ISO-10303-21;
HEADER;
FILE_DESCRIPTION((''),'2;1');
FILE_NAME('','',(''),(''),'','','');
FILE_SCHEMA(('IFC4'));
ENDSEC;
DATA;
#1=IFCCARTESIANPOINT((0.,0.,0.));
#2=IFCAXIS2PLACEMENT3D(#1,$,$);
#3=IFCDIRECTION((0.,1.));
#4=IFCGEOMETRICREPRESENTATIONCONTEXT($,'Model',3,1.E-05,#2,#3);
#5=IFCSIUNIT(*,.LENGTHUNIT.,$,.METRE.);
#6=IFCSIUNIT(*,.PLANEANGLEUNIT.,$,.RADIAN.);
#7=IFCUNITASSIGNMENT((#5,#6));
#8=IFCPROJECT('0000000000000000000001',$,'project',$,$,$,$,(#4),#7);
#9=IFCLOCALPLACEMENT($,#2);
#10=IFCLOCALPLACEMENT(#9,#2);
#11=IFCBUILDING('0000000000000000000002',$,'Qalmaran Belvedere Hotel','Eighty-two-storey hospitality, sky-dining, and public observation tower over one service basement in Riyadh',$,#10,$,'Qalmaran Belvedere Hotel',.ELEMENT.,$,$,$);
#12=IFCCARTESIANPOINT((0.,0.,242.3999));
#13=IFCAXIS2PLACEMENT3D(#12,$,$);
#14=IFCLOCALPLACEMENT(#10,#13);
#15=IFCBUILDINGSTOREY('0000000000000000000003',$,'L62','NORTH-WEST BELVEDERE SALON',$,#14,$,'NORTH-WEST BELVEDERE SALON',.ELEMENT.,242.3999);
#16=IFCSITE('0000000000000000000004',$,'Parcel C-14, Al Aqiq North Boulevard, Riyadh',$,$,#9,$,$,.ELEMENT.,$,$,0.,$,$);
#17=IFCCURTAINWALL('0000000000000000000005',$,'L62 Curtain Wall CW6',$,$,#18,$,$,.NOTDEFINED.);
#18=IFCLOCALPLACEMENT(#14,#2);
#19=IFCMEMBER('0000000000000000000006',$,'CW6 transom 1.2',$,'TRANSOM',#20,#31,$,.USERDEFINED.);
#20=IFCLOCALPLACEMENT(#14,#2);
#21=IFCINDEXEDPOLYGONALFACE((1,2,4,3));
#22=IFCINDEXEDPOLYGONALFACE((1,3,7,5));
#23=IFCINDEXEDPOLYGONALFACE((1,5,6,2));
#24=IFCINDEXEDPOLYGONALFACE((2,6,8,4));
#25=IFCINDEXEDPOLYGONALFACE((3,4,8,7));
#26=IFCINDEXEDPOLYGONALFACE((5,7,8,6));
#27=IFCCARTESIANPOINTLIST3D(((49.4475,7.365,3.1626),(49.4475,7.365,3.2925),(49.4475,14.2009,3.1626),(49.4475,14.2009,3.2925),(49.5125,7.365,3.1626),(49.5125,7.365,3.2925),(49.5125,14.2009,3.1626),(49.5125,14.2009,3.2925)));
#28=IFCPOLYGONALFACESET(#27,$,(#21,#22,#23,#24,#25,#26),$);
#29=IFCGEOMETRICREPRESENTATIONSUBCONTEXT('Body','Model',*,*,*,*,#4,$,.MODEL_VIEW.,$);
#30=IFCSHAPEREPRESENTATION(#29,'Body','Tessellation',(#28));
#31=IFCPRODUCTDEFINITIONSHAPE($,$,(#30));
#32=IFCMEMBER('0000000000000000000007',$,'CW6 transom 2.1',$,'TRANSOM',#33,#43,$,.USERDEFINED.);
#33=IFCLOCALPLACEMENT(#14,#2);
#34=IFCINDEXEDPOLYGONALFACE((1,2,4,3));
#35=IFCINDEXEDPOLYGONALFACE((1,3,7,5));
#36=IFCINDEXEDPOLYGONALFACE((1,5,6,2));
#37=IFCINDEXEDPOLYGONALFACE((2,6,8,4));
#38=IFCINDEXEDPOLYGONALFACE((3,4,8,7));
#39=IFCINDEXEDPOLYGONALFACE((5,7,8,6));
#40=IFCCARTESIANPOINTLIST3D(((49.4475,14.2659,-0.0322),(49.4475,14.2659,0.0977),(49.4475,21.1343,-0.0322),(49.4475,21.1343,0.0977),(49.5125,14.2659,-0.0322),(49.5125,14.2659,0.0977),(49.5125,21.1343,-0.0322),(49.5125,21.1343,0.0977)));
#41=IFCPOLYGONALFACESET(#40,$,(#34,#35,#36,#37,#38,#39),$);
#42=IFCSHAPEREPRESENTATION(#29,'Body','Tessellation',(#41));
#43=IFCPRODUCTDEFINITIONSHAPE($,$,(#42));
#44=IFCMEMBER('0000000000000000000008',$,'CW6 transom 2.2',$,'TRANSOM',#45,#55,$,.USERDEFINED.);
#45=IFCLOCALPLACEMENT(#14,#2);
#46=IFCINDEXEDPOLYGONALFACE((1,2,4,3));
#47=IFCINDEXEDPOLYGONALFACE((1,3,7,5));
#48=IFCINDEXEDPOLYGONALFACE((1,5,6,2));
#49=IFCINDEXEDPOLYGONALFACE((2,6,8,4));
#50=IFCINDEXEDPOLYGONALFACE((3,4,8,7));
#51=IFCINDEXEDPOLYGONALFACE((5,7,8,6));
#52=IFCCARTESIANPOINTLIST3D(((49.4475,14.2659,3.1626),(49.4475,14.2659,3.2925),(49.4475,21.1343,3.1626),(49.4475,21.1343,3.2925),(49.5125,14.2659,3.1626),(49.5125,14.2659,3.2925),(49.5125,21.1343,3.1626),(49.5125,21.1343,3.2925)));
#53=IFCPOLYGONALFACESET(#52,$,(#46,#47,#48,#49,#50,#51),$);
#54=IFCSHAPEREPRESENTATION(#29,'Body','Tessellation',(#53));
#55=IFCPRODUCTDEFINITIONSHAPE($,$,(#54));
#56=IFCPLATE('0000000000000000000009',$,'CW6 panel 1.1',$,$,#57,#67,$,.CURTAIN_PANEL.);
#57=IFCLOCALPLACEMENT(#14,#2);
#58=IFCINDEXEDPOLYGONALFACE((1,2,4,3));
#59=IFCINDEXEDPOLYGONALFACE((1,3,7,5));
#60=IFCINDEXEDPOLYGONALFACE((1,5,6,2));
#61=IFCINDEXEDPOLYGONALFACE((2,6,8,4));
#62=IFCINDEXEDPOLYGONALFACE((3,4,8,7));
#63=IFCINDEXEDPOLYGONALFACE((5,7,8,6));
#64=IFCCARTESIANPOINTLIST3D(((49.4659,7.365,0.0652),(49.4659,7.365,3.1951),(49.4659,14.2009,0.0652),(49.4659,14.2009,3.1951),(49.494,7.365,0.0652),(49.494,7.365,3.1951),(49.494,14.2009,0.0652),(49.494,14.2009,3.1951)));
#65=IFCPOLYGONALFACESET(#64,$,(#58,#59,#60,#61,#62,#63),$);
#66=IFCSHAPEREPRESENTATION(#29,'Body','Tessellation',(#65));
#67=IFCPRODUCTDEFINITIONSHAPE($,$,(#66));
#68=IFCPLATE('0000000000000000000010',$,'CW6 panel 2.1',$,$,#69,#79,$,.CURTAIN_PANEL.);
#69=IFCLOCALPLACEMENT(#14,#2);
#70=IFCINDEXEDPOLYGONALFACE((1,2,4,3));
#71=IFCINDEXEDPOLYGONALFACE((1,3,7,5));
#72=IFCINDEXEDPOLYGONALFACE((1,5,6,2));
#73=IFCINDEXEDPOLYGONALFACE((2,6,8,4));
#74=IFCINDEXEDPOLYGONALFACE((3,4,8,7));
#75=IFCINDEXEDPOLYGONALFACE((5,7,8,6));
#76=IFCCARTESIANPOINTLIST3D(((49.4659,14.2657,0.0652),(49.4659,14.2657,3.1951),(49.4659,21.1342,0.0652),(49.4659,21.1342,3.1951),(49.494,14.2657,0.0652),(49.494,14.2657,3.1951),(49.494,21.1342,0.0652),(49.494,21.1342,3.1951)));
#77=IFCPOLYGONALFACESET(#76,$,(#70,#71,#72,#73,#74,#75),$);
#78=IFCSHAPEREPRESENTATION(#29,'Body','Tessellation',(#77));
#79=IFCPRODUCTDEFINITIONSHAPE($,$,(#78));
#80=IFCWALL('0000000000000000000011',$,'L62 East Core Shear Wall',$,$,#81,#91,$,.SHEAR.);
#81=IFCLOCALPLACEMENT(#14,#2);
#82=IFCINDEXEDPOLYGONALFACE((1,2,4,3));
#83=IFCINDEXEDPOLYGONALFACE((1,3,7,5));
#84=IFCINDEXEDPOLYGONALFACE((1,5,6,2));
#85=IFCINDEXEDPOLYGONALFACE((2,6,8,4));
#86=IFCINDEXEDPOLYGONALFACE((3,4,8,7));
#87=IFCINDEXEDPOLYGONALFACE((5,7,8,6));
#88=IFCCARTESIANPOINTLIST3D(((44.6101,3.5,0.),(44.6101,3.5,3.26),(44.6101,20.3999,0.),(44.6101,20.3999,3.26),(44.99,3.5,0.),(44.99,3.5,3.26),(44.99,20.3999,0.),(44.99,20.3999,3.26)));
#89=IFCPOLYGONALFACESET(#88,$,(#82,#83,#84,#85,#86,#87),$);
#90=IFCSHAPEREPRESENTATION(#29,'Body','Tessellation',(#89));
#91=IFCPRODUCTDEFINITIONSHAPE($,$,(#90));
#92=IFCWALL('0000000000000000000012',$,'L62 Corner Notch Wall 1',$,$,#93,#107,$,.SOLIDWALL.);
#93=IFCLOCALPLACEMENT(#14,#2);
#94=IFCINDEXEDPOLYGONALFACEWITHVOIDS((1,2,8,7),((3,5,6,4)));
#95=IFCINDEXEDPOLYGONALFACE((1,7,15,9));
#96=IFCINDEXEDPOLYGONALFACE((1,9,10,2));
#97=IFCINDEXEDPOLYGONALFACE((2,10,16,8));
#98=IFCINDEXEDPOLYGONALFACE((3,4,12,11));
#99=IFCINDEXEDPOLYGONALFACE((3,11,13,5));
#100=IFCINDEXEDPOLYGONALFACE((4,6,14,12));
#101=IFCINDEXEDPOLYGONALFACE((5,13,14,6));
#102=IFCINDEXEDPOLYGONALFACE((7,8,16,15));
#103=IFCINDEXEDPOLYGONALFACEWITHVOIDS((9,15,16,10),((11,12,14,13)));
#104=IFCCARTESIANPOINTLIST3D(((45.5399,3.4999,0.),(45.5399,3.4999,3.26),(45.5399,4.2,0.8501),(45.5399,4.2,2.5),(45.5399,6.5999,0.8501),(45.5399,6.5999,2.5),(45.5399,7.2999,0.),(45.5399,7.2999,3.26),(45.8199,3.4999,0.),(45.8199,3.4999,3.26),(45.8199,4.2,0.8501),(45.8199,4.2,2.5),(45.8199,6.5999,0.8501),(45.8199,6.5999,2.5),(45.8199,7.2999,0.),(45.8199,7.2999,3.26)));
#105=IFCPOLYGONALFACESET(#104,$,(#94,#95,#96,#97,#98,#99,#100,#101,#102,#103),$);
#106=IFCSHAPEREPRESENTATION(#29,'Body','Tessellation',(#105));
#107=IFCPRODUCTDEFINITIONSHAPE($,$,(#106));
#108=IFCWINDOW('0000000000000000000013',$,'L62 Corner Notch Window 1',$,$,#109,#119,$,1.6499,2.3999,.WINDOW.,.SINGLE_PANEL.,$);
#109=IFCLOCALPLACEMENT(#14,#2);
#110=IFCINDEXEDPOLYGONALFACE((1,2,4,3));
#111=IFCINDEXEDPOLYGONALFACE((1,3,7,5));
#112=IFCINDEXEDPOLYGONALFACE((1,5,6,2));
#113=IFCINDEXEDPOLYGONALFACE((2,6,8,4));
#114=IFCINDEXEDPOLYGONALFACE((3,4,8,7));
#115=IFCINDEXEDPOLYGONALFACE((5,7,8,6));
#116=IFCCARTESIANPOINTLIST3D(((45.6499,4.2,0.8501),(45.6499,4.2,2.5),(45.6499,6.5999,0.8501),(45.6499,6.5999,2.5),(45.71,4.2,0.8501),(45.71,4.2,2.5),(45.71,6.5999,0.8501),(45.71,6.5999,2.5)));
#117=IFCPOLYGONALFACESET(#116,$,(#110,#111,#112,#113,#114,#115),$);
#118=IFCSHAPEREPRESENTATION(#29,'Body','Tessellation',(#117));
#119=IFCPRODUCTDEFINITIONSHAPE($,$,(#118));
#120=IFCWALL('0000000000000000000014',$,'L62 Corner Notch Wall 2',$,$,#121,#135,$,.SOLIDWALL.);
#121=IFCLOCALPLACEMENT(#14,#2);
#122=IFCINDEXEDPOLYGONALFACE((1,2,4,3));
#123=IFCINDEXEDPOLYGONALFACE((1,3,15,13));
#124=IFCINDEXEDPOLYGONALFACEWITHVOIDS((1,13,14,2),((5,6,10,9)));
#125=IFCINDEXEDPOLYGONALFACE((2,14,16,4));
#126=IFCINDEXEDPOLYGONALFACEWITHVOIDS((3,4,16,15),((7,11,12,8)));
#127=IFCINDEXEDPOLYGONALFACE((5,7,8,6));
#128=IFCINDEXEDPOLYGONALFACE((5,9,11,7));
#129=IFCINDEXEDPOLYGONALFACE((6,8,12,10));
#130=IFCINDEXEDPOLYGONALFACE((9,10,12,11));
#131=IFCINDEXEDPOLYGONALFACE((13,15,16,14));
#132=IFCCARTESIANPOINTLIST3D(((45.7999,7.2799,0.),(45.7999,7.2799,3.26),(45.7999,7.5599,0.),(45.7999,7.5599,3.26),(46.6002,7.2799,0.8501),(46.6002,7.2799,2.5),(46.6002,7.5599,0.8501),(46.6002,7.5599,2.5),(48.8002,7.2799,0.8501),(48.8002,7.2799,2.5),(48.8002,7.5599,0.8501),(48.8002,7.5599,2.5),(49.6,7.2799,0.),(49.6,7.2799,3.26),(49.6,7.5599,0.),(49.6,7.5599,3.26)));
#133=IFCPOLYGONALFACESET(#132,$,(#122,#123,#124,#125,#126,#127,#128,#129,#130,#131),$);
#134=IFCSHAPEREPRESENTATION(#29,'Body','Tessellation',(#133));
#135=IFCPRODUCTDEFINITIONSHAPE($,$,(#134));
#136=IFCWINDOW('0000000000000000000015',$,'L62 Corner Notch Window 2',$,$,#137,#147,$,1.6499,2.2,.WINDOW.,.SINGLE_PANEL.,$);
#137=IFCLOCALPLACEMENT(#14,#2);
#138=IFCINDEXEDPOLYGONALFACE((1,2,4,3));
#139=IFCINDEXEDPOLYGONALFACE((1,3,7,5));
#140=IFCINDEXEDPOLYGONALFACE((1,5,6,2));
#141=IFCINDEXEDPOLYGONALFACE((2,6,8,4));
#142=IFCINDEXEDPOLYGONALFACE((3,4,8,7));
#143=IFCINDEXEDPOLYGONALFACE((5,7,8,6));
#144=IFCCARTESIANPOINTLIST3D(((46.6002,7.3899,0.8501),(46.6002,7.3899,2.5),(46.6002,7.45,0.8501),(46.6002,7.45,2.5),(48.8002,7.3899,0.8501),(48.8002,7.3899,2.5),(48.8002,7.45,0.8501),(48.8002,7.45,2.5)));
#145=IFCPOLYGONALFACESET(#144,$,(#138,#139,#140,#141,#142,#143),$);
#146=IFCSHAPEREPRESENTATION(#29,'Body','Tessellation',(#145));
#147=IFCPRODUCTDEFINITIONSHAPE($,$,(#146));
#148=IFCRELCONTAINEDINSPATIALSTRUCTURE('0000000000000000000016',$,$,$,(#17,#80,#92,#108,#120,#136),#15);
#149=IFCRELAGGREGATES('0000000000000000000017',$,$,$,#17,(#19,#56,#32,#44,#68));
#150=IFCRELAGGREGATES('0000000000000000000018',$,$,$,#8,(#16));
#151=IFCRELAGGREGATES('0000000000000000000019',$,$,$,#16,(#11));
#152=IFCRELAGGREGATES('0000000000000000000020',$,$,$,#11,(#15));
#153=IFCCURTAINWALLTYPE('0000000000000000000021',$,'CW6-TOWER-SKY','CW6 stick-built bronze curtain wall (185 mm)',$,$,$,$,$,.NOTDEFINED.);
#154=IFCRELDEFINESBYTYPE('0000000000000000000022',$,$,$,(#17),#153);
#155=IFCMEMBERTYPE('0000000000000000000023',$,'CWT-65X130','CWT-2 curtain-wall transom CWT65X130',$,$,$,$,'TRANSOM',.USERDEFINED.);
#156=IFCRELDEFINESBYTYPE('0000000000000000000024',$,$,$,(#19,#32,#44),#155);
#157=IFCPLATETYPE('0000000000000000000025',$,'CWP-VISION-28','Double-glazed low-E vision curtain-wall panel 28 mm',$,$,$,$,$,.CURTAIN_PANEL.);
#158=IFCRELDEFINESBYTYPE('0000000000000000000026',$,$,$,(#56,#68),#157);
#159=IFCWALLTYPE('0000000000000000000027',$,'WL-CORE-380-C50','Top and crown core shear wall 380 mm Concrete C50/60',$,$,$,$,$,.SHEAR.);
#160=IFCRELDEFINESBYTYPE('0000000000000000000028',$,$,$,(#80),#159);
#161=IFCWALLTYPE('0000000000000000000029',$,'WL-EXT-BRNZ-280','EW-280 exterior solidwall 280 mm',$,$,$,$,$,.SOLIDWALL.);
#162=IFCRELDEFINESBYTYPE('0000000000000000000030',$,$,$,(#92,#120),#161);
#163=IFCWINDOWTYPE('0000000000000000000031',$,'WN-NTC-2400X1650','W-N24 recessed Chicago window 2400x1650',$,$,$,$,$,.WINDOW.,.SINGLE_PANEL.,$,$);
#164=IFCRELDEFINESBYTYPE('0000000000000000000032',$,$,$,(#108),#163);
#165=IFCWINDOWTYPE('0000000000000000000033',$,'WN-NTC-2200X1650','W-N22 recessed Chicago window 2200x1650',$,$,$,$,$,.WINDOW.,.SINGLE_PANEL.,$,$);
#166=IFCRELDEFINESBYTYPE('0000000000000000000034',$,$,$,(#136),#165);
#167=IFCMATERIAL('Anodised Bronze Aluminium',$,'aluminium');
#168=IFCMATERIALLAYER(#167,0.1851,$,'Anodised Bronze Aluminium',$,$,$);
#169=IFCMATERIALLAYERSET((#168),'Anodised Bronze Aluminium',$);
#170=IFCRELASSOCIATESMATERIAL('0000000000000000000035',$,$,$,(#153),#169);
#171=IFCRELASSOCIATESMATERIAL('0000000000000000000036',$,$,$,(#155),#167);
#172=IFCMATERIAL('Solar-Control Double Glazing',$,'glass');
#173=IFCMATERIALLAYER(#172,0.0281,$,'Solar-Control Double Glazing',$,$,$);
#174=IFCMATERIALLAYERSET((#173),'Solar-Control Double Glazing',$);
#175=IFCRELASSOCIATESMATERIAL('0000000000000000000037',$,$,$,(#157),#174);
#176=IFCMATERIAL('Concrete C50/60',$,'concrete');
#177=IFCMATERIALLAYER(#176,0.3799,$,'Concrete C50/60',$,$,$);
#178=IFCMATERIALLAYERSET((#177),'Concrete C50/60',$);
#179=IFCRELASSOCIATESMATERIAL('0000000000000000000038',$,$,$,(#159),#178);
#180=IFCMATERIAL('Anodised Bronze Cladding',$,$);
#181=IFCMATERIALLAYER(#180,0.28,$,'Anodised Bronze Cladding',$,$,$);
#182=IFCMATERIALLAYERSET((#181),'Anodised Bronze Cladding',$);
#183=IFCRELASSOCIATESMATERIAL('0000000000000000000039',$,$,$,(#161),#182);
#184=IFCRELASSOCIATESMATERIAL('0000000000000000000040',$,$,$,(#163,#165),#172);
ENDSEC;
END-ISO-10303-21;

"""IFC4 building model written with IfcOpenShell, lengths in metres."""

from ifc_helpers import new_model, si_unit, direction, frame, frame_2d, origin, origin_2d, place, context, subcontext, project, spatial, rectangle, extrude, material, layer, layer_set, material_profile, profile_set, type_object, element, fill, aggregate, save


model = new_model("IFC4")

# Units and contexts
model_context = context("Model", 3, precision=1e-05, world=origin(), true_north=direction((0.0, 1.0)))
body_context = subcontext(model_context, "Body", "Model", "MODEL_VIEW")
ifc_project = project(units=[si_unit("LENGTHUNIT", "METRE"), si_unit("PLANEANGLEUNIT", "RADIAN")], contexts=[model_context])

# Site, building, storey
site_placement = place(None, origin())
site = spatial("IfcSite", under=ifc_project, at=site_placement, Name="Parcel C-14, Al Aqiq North Boulevard, Riyadh", CompositionType="ELEMENT", RefElevation=0.0)
building_placement = place(site_placement, origin())
building = spatial("IfcBuilding", under=site, at=building_placement, Name="Qalmaran Belvedere Hotel", Description="Eighty-two-storey hospitality, sky-dining, and public observation tower over one service basement in Riyadh", LongName="Qalmaran Belvedere Hotel", CompositionType="ELEMENT")
storey_placement = place(building_placement, frame((0.0, 0.0, 242.3999)))
storey = spatial("IfcBuildingStorey", under=building, at=storey_placement, Name="L62", Description="NORTH-WEST BELVEDERE SALON", LongName="NORTH-WEST BELVEDERE SALON", CompositionType="ELEMENT", Elevation=242.3999)

# Shared definitions
ifc_material_1 = material(Name="Concrete C50/60", Category="concrete")

# Curtain wall, members, plates
ifc_material_2 = material(Name="Anodised Bronze Aluminium", Category="aluminium")
ifc_layer_1 = layer(ifc_material_2, 0.1851, Name="Anodised Bronze Aluminium")
ifc_layer_set_1 = layer_set([ifc_layer_1], Name="Anodised Bronze Aluminium")
curtain_wall_type = type_object("IfcCurtainWallType", Name="CW6-TOWER-SKY", Description="CW6 stick-built bronze curtain wall (185 mm)", PredefinedType="NOTDEFINED", material=ifc_layer_set_1)
curtain_wall_placement = place(storey_placement, origin())
curtain_wall = element("IfcCurtainWall", 1, at=curtain_wall_placement, inside=storey, type_object=curtain_wall_type, Name="L62 Curtain Wall CW6", PredefinedType="NOTDEFINED")
ifc_material_profile_1 = material_profile(ifc_material_2, rectangle(XDim=0.0649, YDim=0.1299, at=origin_2d()), Name="CWT65X130")
ifc_profile_set_1 = profile_set([ifc_material_profile_1], Name="Anodised Bronze Aluminium")
member_type_1 = type_object("IfcMemberType", Name="CWT-65X130", Description="CWT-2 curtain-wall transom CWT65X130", ElementType="TRANSOM", PredefinedType="USERDEFINED", material=ifc_profile_set_1)
member_1_placement = place(storey_placement, frame((49.48, 7.365, 3.2275), z_axis=(0.0, 1.0, 0.0), x_axis=(-1.0, 0.0, 0.0)))
member_1 = element("IfcMember", 2, at=member_1_placement, type_object=member_type_1, Name="CW6 transom 1.2", ObjectType="TRANSOM", PredefinedType="USERDEFINED", context=body_context, shape_type="SweptSolid", body=[
    extrude(rectangle(XDim=0.0649, YDim=0.1299, at=origin_2d()), origin(), (0.0, 0.0, 1.0), 6.8359),
])
member_2_placement = place(storey_placement, frame((49.48, 14.2659, 0.0327), z_axis=(0.0, 1.0, 0.0), x_axis=(-1.0, 0.0, 0.0)))
member_2 = element("IfcMember", 3, at=member_2_placement, type_object=member_type_1, Name="CW6 transom 2.1", ObjectType="TRANSOM", PredefinedType="USERDEFINED", context=body_context, shape_type="SweptSolid", body=[
    extrude(rectangle(XDim=0.0649, YDim=0.1299, at=origin_2d()), origin(), (0.0, 0.0, 1.0), 6.8684),
])
member_3_placement = place(storey_placement, frame((49.48, 14.2659, 3.2275), z_axis=(0.0, 1.0, 0.0), x_axis=(-1.0, 0.0, 0.0)))
member_3 = element("IfcMember", 4, at=member_3_placement, type_object=member_type_1, Name="CW6 transom 2.2", ObjectType="TRANSOM", PredefinedType="USERDEFINED", context=body_context, shape_type="SweptSolid", body=[
    extrude(rectangle(XDim=0.0649, YDim=0.1299, at=origin_2d()), origin(), (0.0, 0.0, 1.0), 6.8684),
])
ifc_material_3 = material(Name="Solar-Control Double Glazing", Category="glass")
ifc_layer_2 = layer(ifc_material_3, 0.0281, Name="Solar-Control Double Glazing")
ifc_layer_set_2 = layer_set([ifc_layer_2], Name="Solar-Control Double Glazing")
plate_type = type_object("IfcPlateType", Name="CWP-VISION-28", Description="Double-glazed low-E vision curtain-wall panel 28 mm", PredefinedType="CURTAIN_PANEL", material=ifc_layer_set_2)
plate_1_placement = place(storey_placement, frame((49.48, 10.783, 0.0652), z_axis=(0.0, 0.0, 1.0), x_axis=(0.0, 1.0, 0.0)))
plate_1 = element("IfcPlate", 5, at=plate_1_placement, type_object=plate_type, Name="CW6 panel 1.1", PredefinedType="CURTAIN_PANEL", context=body_context, shape_type="SweptSolid", body=[
    extrude(rectangle(XDim=6.8359, YDim=0.0281, at=origin_2d()), origin(), (0.0, 0.0, 1.0), 3.1299),
])
plate_2_placement = place(storey_placement, frame((49.48, 17.7, 0.0652), z_axis=(0.0, 0.0, 1.0), x_axis=(0.0, 1.0, 0.0)))
plate_2 = element("IfcPlate", 6, at=plate_2_placement, type_object=plate_type, Name="CW6 panel 2.1", PredefinedType="CURTAIN_PANEL", context=body_context, shape_type="SweptSolid", body=[
    extrude(rectangle(XDim=6.8684, YDim=0.0281, at=origin_2d()), origin(), (0.0, 0.0, 1.0), 3.1299),
])
aggregate(curtain_wall, [member_1, plate_1, member_2, member_3, plate_2])

# Wall
ifc_layer_3 = layer(ifc_material_1, 0.3799, Name="Concrete C50/60")
ifc_layer_set_3 = layer_set([ifc_layer_3], Name="Concrete C50/60")
wall_type_1 = type_object("IfcWallType", Name="WL-CORE-380-C50", Description="Top and crown core shear wall 380 mm Concrete C50/60", PredefinedType="SHEAR", material=ifc_layer_set_3)
wall_1_placement = place(storey_placement, frame((44.8, 3.5, 0.0), z_axis=(0.0, 0.0, 1.0), x_axis=(0.0, 1.0, 0.0)))
element("IfcWall", 7, at=wall_1_placement, inside=storey, type_object=wall_type_1, Name="L62 East Core Shear Wall", PredefinedType="SHEAR", context=body_context, shape_type="SweptSolid", body=[
    extrude(rectangle(XDim=16.8999, YDim=0.3799, at=frame_2d((8.45, 0.0))), origin(), (0.0, 0.0, 1.0), 3.26),
])

# Walls, openings, windows
ifc_material_4 = material(Name="Anodised Bronze Cladding")
ifc_layer_4 = layer(ifc_material_4, 0.28, Name="Anodised Bronze Cladding")
ifc_layer_set_4 = layer_set([ifc_layer_4], Name="Anodised Bronze Cladding")
wall_type_2 = type_object("IfcWallType", Name="WL-EXT-BRNZ-280", Description="EW-280 exterior solidwall 280 mm", PredefinedType="SOLIDWALL", material=ifc_layer_set_4)
wall_2_placement = place(storey_placement, frame((45.6799, 3.5, 0.0), z_axis=(0.0, 0.0, 1.0), x_axis=(0.0, 1.0, 0.0)))
wall_2 = element("IfcWall", 8, at=wall_2_placement, inside=storey, type_object=wall_type_2, Name="L62 Corner Notch Wall 1", PredefinedType="SOLIDWALL", context=body_context, shape_type="SweptSolid", body=[
    extrude(rectangle(XDim=3.8, YDim=0.28, at=frame_2d((1.8999, 0.0))), origin(), (0.0, 0.0, 1.0), 3.26),
])
opening_1_placement = place(wall_2_placement, frame((0.7, 0.0, 0.8501)))
opening_1 = element("IfcOpeningElement", 9, at=opening_1_placement, cuts=wall_2, PredefinedType="OPENING", context=body_context, shape_type="SweptSolid", body=[
    extrude(rectangle(XDim=2.3999, YDim=1.6499, at=frame_2d((1.2, 0.825))), frame((0.0, 0.1499, 0.0), z_axis=(0.0, -1.0, 0.0), x_axis=(1.0, 0.0, 0.0)), (0.0, 0.0, 1.0), 0.3),
])
window_type_1 = type_object("IfcWindowType", Name="WN-NTC-2400X1650", Description="W-N24 recessed Chicago window 2400x1650", PartitioningType="SINGLE_PANEL", PredefinedType="WINDOW", material=ifc_material_3)
window_1_placement = place(opening_1_placement, origin())
window_1 = element("IfcWindow", 10, at=window_1_placement, inside=storey, type_object=window_type_1, Name="L62 Corner Notch Window 1", OverallHeight=1.6499, OverallWidth=2.3999, PartitioningType="SINGLE_PANEL", PredefinedType="WINDOW", context=body_context, shape_type="SweptSolid", body=[
    extrude(rectangle(XDim=2.3999, YDim=1.6499, at=frame_2d((1.2, 0.825))), frame((0.0, 0.03, 0.0), z_axis=(0.0, -1.0, 0.0), x_axis=(1.0, 0.0, 0.0)), (0.0, 0.0, 1.0), 0.0601),
])
fill(opening_1, window_1)
wall_3_placement = place(storey_placement, frame((45.8, 7.4199, 0.0), z_axis=(0.0, 0.0, 1.0), x_axis=(1.0, 0.0, 0.0)))
wall_3 = element("IfcWall", 11, at=wall_3_placement, inside=storey, type_object=wall_type_2, Name="L62 Corner Notch Wall 2", PredefinedType="SOLIDWALL", context=body_context, shape_type="SweptSolid", body=[
    extrude(rectangle(XDim=3.8, YDim=0.28, at=frame_2d((1.8999, 0.0))), origin(), (0.0, 0.0, 1.0), 3.26),
])
opening_2_placement = place(wall_3_placement, frame((0.8, 0.0, 0.8501)))
opening_2 = element("IfcOpeningElement", 12, at=opening_2_placement, cuts=wall_3, PredefinedType="OPENING", context=body_context, shape_type="SweptSolid", body=[
    extrude(rectangle(XDim=2.2, YDim=1.6499, at=frame_2d((1.1001, 0.825))), frame((0.0, 0.1499, 0.0), z_axis=(0.0, -1.0, 0.0), x_axis=(1.0, 0.0, 0.0)), (0.0, 0.0, 1.0), 0.3),
])
window_type_2 = type_object("IfcWindowType", Name="WN-NTC-2200X1650", Description="W-N22 recessed Chicago window 2200x1650", PartitioningType="SINGLE_PANEL", PredefinedType="WINDOW", material=ifc_material_3)
window_2_placement = place(opening_2_placement, origin())
window_2 = element("IfcWindow", 13, at=window_2_placement, inside=storey, type_object=window_type_2, Name="L62 Corner Notch Window 2", OverallHeight=1.6499, OverallWidth=2.2, PartitioningType="SINGLE_PANEL", PredefinedType="WINDOW", context=body_context, shape_type="SweptSolid", body=[
    extrude(rectangle(XDim=2.2, YDim=1.6499, at=frame_2d((1.1001, 0.825))), frame((0.0, 0.03, 0.0), z_axis=(0.0, -1.0, 0.0), x_axis=(1.0, 0.0, 0.0)), (0.0, 0.0, 1.0), 0.0601),
])
fill(opening_2, window_2)

save(model, "model.ifc")
